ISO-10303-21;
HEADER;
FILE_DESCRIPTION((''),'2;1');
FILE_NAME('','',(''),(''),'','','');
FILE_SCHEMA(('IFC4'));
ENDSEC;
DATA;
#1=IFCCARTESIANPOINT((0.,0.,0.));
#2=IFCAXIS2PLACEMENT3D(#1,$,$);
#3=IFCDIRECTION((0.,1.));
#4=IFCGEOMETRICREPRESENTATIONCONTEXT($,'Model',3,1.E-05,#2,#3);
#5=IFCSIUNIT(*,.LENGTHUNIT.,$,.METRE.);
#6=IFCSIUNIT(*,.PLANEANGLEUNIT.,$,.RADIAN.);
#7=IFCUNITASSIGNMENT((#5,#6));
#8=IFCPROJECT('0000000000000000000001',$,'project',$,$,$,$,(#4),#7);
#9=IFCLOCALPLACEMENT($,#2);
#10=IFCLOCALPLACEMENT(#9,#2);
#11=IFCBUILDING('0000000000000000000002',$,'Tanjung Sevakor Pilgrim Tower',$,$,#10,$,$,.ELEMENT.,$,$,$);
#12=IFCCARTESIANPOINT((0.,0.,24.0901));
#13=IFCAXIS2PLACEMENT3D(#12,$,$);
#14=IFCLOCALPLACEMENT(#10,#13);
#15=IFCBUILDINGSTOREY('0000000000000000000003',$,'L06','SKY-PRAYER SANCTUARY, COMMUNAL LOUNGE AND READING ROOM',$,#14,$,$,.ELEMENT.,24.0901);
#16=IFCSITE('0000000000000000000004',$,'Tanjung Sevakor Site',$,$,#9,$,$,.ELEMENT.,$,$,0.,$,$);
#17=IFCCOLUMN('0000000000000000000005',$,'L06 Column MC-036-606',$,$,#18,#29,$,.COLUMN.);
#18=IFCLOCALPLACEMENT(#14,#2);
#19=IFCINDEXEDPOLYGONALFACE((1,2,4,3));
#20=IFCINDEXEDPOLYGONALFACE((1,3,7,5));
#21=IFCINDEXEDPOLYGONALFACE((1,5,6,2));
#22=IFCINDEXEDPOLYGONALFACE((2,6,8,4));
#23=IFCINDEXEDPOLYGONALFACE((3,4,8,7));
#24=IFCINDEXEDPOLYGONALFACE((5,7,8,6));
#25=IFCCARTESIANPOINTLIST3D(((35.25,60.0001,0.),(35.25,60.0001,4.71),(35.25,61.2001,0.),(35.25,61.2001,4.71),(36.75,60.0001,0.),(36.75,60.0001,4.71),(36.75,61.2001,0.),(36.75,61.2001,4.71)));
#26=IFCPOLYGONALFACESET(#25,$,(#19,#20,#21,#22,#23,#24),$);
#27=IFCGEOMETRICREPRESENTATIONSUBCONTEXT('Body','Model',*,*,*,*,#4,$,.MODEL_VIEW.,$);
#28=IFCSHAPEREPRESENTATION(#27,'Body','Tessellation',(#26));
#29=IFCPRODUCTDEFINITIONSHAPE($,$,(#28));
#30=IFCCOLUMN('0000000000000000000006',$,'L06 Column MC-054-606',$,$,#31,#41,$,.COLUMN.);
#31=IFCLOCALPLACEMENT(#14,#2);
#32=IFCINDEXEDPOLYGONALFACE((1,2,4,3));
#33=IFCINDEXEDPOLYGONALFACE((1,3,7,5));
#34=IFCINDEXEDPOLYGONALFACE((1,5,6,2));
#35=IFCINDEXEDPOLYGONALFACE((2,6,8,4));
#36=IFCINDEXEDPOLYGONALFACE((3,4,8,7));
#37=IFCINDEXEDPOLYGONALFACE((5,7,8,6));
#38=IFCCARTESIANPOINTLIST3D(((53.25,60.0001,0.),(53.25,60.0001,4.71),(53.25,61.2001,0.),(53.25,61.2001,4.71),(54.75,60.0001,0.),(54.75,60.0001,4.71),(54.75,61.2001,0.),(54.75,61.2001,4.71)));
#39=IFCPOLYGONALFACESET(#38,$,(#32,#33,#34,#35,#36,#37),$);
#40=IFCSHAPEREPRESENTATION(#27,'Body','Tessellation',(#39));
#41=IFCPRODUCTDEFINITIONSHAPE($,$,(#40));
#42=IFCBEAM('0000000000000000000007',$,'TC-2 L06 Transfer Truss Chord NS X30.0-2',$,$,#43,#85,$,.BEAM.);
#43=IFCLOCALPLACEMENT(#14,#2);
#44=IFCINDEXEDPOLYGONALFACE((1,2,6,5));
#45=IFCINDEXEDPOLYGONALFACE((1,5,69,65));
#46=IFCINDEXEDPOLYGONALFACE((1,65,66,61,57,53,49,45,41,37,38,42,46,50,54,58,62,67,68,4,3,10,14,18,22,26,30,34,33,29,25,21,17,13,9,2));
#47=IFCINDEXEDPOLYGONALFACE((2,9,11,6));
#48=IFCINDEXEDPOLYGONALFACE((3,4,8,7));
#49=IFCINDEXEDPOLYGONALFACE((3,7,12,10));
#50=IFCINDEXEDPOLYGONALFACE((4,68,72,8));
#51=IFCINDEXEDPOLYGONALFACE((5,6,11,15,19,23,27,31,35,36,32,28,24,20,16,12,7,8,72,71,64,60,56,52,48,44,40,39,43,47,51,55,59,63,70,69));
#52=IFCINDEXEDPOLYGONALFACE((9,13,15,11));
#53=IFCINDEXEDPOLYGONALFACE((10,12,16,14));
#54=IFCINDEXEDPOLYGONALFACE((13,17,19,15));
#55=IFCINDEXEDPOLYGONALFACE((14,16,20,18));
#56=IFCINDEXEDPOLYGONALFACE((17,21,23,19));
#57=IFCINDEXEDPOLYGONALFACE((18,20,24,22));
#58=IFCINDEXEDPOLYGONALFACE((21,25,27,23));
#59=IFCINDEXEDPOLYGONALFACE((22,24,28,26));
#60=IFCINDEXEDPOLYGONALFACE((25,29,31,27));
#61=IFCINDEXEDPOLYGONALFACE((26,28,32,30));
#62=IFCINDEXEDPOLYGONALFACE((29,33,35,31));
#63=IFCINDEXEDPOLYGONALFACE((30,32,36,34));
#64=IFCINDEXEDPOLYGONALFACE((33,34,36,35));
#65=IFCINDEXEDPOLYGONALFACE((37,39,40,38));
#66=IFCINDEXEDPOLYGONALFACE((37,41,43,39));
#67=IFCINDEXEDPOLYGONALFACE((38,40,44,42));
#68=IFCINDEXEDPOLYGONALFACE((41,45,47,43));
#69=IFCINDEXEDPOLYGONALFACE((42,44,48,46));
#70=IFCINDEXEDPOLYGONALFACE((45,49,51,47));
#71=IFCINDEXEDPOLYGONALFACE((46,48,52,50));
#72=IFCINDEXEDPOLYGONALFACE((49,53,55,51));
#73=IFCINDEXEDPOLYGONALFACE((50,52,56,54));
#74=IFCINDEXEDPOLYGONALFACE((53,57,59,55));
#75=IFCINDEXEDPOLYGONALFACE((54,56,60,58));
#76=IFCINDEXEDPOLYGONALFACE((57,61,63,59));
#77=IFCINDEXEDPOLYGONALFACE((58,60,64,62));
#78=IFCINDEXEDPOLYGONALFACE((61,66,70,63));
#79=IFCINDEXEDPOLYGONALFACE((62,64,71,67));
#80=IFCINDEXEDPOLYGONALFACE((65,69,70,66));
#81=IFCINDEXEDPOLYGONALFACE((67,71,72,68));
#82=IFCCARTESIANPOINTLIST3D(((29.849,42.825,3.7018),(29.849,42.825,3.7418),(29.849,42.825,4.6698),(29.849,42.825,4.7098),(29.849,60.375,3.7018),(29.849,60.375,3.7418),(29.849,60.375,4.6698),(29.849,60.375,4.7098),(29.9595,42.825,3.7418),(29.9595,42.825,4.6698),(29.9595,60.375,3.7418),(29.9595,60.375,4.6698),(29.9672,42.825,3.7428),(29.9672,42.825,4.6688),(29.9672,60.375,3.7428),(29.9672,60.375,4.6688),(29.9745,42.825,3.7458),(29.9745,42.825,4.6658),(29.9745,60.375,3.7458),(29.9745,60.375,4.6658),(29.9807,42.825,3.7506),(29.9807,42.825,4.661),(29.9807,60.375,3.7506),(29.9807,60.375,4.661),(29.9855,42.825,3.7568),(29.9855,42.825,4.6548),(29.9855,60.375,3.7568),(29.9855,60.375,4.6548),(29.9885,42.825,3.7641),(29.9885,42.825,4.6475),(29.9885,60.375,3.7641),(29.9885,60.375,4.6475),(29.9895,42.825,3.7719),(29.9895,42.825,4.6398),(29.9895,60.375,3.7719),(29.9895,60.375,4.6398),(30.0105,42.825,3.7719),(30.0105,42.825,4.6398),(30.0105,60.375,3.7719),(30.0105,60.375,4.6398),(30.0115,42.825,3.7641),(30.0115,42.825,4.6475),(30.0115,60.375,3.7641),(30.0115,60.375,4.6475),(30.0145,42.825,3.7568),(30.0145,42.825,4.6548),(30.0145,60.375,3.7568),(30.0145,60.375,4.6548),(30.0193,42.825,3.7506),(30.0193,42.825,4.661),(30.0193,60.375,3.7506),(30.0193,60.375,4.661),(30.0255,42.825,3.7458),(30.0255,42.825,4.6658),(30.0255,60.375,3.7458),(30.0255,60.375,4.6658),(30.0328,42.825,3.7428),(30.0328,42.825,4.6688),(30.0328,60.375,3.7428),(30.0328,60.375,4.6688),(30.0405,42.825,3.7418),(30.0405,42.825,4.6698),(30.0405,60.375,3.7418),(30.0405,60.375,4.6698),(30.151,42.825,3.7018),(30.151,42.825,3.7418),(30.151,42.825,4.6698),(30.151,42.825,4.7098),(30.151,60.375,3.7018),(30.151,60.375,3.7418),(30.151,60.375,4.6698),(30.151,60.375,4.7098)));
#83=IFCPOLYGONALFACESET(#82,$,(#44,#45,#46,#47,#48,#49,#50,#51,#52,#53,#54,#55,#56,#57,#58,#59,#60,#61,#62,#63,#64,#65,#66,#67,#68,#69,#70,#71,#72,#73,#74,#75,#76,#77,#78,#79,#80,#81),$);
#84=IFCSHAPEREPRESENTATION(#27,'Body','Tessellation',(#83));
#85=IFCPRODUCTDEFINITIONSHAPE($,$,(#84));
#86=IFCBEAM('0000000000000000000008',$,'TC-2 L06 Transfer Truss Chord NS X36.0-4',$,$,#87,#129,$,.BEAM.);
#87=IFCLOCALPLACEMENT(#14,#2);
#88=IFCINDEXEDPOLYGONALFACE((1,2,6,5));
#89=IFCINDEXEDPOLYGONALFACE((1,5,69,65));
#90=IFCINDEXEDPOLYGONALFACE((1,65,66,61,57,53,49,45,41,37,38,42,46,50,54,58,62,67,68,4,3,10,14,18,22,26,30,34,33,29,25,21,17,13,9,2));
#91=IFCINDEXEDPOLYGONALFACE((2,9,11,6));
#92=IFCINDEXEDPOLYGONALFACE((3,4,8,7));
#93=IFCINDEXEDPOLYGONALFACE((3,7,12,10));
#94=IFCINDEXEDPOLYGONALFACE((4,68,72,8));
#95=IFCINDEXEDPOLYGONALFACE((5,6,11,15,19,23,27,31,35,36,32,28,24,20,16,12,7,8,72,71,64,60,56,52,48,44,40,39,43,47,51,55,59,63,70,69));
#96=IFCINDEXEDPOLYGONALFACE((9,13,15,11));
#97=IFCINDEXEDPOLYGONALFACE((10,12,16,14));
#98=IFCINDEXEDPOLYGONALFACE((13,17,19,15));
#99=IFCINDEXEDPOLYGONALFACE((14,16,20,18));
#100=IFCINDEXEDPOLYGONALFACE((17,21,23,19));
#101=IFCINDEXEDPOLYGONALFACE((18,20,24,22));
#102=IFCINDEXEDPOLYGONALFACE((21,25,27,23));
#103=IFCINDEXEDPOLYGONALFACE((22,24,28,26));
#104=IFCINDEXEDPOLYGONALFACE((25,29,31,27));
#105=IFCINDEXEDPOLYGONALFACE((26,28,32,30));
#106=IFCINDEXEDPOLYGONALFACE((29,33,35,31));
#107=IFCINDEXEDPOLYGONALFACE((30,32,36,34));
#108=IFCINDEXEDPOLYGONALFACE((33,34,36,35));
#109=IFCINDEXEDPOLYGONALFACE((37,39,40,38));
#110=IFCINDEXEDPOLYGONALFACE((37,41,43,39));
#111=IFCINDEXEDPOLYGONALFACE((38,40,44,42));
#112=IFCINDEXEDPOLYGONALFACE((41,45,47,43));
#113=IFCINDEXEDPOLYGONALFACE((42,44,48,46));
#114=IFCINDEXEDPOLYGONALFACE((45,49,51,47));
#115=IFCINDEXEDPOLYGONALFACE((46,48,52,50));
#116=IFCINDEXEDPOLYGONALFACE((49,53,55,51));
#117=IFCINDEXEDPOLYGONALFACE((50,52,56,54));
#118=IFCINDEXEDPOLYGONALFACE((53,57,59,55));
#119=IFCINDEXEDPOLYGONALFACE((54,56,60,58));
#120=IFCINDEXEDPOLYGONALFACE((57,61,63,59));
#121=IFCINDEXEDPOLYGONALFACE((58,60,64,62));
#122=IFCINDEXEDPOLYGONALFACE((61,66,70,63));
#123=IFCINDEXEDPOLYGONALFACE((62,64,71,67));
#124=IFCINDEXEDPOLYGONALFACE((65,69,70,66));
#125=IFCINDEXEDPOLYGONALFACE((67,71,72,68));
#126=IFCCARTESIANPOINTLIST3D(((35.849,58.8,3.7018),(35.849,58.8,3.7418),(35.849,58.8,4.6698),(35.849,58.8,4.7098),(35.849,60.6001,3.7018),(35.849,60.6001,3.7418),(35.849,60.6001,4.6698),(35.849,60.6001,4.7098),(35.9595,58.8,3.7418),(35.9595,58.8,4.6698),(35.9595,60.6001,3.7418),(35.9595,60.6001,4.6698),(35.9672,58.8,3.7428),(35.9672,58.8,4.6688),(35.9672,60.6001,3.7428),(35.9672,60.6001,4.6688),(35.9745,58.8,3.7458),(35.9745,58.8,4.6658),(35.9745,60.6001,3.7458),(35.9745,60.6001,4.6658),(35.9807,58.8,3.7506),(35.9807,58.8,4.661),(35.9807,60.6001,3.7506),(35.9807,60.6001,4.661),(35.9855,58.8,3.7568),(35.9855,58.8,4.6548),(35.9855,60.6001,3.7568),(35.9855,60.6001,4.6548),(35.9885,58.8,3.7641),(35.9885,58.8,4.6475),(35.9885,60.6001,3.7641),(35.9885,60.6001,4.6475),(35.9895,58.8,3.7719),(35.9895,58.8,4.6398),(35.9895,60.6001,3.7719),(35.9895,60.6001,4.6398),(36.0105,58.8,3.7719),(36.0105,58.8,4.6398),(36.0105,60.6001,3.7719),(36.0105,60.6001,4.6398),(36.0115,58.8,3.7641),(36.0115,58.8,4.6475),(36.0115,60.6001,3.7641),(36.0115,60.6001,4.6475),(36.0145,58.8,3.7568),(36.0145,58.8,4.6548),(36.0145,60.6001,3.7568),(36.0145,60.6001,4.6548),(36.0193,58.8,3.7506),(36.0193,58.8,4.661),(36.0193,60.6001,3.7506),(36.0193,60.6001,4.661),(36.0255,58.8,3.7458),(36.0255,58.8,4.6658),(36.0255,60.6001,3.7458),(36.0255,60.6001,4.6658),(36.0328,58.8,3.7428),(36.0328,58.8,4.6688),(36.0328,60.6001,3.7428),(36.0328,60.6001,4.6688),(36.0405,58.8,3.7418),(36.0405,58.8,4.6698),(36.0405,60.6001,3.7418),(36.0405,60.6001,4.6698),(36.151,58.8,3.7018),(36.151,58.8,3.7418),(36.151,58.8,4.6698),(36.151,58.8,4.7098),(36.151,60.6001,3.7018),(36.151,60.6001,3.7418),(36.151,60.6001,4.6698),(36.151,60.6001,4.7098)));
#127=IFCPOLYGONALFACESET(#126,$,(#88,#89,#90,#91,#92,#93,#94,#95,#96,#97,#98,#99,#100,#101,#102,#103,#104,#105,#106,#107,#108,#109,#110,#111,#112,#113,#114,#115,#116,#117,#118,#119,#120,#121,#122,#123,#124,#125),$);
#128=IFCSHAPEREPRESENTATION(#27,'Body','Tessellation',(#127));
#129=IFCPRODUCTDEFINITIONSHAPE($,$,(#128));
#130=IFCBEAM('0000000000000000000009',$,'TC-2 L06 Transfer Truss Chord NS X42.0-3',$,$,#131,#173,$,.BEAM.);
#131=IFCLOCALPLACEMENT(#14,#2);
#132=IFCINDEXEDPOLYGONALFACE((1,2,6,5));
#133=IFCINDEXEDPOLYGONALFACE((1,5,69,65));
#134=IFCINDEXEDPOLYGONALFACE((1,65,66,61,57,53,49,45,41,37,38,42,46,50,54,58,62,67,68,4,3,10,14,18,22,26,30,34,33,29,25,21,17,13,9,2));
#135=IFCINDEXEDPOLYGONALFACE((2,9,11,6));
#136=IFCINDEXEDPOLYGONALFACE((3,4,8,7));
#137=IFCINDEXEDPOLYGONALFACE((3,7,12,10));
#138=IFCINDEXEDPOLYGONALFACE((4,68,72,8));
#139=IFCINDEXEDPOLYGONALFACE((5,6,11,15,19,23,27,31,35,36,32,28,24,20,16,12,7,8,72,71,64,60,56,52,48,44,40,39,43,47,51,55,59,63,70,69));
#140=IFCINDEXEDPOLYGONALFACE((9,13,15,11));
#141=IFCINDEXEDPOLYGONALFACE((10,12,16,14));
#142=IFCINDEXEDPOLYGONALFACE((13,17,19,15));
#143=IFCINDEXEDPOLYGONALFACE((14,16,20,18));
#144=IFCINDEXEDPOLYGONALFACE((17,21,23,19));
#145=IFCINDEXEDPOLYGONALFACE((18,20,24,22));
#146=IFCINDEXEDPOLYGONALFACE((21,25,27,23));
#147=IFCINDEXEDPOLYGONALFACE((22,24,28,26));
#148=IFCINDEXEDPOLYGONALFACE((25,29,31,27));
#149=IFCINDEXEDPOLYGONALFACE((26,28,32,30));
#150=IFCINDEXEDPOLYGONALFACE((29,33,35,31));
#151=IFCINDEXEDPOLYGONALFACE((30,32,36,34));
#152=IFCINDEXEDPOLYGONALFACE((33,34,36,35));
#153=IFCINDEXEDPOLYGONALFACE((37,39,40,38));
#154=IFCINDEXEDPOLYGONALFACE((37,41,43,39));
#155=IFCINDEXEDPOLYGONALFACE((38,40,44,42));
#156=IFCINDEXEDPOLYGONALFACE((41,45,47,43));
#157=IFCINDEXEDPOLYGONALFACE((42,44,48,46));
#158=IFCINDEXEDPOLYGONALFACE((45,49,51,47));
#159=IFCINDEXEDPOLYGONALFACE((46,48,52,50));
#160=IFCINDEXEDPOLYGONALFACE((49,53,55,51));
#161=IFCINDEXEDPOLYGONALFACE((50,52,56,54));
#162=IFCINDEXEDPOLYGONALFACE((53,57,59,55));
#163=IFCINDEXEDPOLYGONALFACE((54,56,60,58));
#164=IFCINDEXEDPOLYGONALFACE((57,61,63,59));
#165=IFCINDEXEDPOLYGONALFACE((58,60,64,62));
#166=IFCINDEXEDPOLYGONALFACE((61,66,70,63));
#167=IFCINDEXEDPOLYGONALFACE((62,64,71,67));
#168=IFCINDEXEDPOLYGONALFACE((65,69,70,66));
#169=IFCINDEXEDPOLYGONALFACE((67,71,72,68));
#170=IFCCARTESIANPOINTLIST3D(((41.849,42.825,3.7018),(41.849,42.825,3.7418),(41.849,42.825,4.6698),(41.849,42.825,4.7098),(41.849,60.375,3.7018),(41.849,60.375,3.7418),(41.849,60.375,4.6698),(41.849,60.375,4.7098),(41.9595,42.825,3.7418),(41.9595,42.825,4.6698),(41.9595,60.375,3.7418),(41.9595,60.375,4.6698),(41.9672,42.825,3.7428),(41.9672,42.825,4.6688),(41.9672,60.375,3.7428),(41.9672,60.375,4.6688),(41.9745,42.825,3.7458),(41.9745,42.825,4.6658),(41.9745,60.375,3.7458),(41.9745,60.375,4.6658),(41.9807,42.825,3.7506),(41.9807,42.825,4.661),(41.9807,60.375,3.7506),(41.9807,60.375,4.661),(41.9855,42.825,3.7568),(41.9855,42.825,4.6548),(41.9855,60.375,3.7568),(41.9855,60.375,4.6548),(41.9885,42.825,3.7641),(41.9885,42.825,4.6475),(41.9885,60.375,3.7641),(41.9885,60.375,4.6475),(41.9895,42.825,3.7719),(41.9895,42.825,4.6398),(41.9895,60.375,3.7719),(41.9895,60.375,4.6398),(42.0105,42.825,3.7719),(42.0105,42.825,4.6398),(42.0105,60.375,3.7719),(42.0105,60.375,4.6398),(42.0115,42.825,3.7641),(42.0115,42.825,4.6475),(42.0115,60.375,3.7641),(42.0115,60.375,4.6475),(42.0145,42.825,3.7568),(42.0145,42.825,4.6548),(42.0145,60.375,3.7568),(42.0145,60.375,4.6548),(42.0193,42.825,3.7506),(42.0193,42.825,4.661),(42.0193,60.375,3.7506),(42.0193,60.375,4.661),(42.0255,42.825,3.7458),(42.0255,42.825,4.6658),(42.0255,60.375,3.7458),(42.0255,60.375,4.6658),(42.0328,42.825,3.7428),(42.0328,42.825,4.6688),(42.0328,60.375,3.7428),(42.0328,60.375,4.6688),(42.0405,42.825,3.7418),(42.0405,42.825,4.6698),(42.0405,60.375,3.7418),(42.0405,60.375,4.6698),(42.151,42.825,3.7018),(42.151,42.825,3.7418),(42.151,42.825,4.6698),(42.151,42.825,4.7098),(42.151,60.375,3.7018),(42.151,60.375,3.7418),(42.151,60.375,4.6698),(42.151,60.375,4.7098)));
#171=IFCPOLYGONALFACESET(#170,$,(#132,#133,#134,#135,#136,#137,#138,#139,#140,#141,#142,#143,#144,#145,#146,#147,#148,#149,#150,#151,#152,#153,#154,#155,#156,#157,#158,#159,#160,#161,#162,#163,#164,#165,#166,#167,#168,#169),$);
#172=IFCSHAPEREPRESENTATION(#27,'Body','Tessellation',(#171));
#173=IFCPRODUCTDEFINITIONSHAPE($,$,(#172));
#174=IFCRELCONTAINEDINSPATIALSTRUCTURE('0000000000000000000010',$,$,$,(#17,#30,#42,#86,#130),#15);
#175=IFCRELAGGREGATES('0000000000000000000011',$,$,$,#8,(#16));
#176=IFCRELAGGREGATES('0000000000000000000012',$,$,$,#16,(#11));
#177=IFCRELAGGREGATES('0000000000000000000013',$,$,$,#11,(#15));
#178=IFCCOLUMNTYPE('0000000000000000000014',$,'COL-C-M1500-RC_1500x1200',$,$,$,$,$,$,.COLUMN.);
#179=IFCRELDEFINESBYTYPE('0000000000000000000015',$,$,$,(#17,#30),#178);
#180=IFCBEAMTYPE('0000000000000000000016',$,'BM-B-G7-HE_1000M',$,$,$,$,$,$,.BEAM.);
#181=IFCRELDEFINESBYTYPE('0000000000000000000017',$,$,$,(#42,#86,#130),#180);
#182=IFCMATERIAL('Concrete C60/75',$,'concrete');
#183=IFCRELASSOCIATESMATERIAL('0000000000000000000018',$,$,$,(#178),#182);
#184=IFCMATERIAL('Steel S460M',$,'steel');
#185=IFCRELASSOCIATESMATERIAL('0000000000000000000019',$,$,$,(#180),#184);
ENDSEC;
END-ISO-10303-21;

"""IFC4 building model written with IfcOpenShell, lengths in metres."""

from ifc_helpers import new_model, si_unit, direction, frame, origin, origin_2d, place, context, subcontext, project, spatial, rectangle, i_section, extrude, material, material_profile, profile_set, type_object, element, save


model = new_model("IFC4")

# Units and contexts
model_context = context("Model", 3, precision=1e-05, world=origin(), true_north=direction((0.0, 1.0)))
body_context = subcontext(model_context, "Body", "Model", "MODEL_VIEW")
ifc_project = project(units=[si_unit("LENGTHUNIT", "METRE"), si_unit("PLANEANGLEUNIT", "RADIAN")], contexts=[model_context])

# Site, building, storey
site_placement = place(None, origin())
site = spatial("IfcSite", under=ifc_project, at=site_placement, Name="Tanjung Sevakor Site", CompositionType="ELEMENT", RefElevation=0.0)
building_placement = place(site_placement, origin())
building = spatial("IfcBuilding", under=site, at=building_placement, Name="Tanjung Sevakor Pilgrim Tower", CompositionType="ELEMENT")
storey_placement = place(building_placement, frame((0.0, 0.0, 24.0901)))
storey = spatial("IfcBuildingStorey", under=building, at=storey_placement, Name="L06", Description="SKY-PRAYER SANCTUARY, COMMUNAL LOUNGE AND READING ROOM", CompositionType="ELEMENT", Elevation=24.0901)

# Columns
ifc_material_1 = material(Name="Concrete C60/75", Category="concrete")
ifc_material_profile_1 = material_profile(ifc_material_1, rectangle(XDim=1.5, YDim=1.2, at=origin_2d()))
ifc_profile_set_1 = profile_set([ifc_material_profile_1], Name="Concrete C60/75")
column_type = type_object("IfcColumnType", Name="COL-C-M1500-RC_1500x1200", PredefinedType="COLUMN", material=ifc_profile_set_1)
for number, where, z_axis, x_axis, name in (
    (1, (36.0, 60.6001, 0.0), (0.0, 0.0, 1.0), (1.0, 0.0, 0.0), "L06 Column MC-036-606"),
    (2, (54.0, 60.6001, 0.0), (0.0, 0.0, 1.0), (1.0, 0.0, 0.0), "L06 Column MC-054-606"),
):
    element("IfcColumn", number, at=place(storey_placement, frame(where, z_axis=z_axis, x_axis=x_axis)), inside=storey, type_object=column_type, Name=name, PredefinedType="COLUMN", context=body_context, shape_type="SweptSolid", body=[
        extrude(rectangle(XDim=1.5, YDim=1.2, at=origin_2d()), origin(), (0.0, 0.0, 1.0), 4.71),
    ])

# Beams
ifc_material_2 = material(Name="Steel S460M", Category="steel")
ifc_material_profile_2 = material_profile(ifc_material_2, i_section(OverallWidth=0.302, OverallDepth=1.0081, WebThickness=0.021, FlangeThickness=0.04, FilletRadius=0.03, at=origin_2d()))
ifc_profile_set_2 = profile_set([ifc_material_profile_2], Name="Steel S460M")
beam_type_1 = type_object("IfcBeamType", Name="BM-B-G7-HE_1000M", PredefinedType="BEAM", material=ifc_profile_set_2)
beam_1_placement = place(storey_placement, frame((30.0, 42.825, 4.2058), z_axis=(0.0, 1.0, 0.0), x_axis=(-1.0, 0.0, 0.0)))
element("IfcBeam", 3, at=beam_1_placement, inside=storey, type_object=beam_type_1, Name="TC-2 L06 Transfer Truss Chord NS X30.0-2", PredefinedType="BEAM", context=body_context, shape_type="SweptSolid", body=[
    extrude(i_section(OverallWidth=0.302, OverallDepth=1.0081, WebThickness=0.021, FlangeThickness=0.04, FilletRadius=0.03, at=origin_2d()), origin(), (0.0, 0.0, 1.0), 17.55),
])
beam_2_placement = place(storey_placement, frame((36.0, 58.8, 4.2058), z_axis=(0.0, 1.0, 0.0), x_axis=(-1.0, 0.0, 0.0)))
element("IfcBeam", 4, at=beam_2_placement, inside=storey, type_object=beam_type_1, Name="TC-2 L06 Transfer Truss Chord NS X36.0-4", PredefinedType="BEAM", context=body_context, shape_type="SweptSolid", body=[
    extrude(i_section(OverallWidth=0.302, OverallDepth=1.0081, WebThickness=0.021, FlangeThickness=0.04, FilletRadius=0.03, at=origin_2d()), origin(), (0.0, 0.0, 1.0), 1.8),
])
for number, where, z_axis, x_axis, name in (
    (5, (42.0, 42.825, 4.2058), (0.0, 1.0, 0.0), (-1.0, 0.0, 0.0), "TC-2 L06 Transfer Truss Chord NS X42.0-3"),
):
    element("IfcBeam", number, at=place(storey_placement, frame(where, z_axis=z_axis, x_axis=x_axis)), inside=storey, type_object=beam_type_1, Name=name, PredefinedType="BEAM", context=body_context, shape_type="SweptSolid", body=[
        extrude(i_section(OverallWidth=0.302, OverallDepth=1.0081, WebThickness=0.021, FlangeThickness=0.04, FilletRadius=0.03, at=origin_2d()), origin(), (0.0, 0.0, 1.0), 17.55),
    ])

save(model, "model.ifc")
